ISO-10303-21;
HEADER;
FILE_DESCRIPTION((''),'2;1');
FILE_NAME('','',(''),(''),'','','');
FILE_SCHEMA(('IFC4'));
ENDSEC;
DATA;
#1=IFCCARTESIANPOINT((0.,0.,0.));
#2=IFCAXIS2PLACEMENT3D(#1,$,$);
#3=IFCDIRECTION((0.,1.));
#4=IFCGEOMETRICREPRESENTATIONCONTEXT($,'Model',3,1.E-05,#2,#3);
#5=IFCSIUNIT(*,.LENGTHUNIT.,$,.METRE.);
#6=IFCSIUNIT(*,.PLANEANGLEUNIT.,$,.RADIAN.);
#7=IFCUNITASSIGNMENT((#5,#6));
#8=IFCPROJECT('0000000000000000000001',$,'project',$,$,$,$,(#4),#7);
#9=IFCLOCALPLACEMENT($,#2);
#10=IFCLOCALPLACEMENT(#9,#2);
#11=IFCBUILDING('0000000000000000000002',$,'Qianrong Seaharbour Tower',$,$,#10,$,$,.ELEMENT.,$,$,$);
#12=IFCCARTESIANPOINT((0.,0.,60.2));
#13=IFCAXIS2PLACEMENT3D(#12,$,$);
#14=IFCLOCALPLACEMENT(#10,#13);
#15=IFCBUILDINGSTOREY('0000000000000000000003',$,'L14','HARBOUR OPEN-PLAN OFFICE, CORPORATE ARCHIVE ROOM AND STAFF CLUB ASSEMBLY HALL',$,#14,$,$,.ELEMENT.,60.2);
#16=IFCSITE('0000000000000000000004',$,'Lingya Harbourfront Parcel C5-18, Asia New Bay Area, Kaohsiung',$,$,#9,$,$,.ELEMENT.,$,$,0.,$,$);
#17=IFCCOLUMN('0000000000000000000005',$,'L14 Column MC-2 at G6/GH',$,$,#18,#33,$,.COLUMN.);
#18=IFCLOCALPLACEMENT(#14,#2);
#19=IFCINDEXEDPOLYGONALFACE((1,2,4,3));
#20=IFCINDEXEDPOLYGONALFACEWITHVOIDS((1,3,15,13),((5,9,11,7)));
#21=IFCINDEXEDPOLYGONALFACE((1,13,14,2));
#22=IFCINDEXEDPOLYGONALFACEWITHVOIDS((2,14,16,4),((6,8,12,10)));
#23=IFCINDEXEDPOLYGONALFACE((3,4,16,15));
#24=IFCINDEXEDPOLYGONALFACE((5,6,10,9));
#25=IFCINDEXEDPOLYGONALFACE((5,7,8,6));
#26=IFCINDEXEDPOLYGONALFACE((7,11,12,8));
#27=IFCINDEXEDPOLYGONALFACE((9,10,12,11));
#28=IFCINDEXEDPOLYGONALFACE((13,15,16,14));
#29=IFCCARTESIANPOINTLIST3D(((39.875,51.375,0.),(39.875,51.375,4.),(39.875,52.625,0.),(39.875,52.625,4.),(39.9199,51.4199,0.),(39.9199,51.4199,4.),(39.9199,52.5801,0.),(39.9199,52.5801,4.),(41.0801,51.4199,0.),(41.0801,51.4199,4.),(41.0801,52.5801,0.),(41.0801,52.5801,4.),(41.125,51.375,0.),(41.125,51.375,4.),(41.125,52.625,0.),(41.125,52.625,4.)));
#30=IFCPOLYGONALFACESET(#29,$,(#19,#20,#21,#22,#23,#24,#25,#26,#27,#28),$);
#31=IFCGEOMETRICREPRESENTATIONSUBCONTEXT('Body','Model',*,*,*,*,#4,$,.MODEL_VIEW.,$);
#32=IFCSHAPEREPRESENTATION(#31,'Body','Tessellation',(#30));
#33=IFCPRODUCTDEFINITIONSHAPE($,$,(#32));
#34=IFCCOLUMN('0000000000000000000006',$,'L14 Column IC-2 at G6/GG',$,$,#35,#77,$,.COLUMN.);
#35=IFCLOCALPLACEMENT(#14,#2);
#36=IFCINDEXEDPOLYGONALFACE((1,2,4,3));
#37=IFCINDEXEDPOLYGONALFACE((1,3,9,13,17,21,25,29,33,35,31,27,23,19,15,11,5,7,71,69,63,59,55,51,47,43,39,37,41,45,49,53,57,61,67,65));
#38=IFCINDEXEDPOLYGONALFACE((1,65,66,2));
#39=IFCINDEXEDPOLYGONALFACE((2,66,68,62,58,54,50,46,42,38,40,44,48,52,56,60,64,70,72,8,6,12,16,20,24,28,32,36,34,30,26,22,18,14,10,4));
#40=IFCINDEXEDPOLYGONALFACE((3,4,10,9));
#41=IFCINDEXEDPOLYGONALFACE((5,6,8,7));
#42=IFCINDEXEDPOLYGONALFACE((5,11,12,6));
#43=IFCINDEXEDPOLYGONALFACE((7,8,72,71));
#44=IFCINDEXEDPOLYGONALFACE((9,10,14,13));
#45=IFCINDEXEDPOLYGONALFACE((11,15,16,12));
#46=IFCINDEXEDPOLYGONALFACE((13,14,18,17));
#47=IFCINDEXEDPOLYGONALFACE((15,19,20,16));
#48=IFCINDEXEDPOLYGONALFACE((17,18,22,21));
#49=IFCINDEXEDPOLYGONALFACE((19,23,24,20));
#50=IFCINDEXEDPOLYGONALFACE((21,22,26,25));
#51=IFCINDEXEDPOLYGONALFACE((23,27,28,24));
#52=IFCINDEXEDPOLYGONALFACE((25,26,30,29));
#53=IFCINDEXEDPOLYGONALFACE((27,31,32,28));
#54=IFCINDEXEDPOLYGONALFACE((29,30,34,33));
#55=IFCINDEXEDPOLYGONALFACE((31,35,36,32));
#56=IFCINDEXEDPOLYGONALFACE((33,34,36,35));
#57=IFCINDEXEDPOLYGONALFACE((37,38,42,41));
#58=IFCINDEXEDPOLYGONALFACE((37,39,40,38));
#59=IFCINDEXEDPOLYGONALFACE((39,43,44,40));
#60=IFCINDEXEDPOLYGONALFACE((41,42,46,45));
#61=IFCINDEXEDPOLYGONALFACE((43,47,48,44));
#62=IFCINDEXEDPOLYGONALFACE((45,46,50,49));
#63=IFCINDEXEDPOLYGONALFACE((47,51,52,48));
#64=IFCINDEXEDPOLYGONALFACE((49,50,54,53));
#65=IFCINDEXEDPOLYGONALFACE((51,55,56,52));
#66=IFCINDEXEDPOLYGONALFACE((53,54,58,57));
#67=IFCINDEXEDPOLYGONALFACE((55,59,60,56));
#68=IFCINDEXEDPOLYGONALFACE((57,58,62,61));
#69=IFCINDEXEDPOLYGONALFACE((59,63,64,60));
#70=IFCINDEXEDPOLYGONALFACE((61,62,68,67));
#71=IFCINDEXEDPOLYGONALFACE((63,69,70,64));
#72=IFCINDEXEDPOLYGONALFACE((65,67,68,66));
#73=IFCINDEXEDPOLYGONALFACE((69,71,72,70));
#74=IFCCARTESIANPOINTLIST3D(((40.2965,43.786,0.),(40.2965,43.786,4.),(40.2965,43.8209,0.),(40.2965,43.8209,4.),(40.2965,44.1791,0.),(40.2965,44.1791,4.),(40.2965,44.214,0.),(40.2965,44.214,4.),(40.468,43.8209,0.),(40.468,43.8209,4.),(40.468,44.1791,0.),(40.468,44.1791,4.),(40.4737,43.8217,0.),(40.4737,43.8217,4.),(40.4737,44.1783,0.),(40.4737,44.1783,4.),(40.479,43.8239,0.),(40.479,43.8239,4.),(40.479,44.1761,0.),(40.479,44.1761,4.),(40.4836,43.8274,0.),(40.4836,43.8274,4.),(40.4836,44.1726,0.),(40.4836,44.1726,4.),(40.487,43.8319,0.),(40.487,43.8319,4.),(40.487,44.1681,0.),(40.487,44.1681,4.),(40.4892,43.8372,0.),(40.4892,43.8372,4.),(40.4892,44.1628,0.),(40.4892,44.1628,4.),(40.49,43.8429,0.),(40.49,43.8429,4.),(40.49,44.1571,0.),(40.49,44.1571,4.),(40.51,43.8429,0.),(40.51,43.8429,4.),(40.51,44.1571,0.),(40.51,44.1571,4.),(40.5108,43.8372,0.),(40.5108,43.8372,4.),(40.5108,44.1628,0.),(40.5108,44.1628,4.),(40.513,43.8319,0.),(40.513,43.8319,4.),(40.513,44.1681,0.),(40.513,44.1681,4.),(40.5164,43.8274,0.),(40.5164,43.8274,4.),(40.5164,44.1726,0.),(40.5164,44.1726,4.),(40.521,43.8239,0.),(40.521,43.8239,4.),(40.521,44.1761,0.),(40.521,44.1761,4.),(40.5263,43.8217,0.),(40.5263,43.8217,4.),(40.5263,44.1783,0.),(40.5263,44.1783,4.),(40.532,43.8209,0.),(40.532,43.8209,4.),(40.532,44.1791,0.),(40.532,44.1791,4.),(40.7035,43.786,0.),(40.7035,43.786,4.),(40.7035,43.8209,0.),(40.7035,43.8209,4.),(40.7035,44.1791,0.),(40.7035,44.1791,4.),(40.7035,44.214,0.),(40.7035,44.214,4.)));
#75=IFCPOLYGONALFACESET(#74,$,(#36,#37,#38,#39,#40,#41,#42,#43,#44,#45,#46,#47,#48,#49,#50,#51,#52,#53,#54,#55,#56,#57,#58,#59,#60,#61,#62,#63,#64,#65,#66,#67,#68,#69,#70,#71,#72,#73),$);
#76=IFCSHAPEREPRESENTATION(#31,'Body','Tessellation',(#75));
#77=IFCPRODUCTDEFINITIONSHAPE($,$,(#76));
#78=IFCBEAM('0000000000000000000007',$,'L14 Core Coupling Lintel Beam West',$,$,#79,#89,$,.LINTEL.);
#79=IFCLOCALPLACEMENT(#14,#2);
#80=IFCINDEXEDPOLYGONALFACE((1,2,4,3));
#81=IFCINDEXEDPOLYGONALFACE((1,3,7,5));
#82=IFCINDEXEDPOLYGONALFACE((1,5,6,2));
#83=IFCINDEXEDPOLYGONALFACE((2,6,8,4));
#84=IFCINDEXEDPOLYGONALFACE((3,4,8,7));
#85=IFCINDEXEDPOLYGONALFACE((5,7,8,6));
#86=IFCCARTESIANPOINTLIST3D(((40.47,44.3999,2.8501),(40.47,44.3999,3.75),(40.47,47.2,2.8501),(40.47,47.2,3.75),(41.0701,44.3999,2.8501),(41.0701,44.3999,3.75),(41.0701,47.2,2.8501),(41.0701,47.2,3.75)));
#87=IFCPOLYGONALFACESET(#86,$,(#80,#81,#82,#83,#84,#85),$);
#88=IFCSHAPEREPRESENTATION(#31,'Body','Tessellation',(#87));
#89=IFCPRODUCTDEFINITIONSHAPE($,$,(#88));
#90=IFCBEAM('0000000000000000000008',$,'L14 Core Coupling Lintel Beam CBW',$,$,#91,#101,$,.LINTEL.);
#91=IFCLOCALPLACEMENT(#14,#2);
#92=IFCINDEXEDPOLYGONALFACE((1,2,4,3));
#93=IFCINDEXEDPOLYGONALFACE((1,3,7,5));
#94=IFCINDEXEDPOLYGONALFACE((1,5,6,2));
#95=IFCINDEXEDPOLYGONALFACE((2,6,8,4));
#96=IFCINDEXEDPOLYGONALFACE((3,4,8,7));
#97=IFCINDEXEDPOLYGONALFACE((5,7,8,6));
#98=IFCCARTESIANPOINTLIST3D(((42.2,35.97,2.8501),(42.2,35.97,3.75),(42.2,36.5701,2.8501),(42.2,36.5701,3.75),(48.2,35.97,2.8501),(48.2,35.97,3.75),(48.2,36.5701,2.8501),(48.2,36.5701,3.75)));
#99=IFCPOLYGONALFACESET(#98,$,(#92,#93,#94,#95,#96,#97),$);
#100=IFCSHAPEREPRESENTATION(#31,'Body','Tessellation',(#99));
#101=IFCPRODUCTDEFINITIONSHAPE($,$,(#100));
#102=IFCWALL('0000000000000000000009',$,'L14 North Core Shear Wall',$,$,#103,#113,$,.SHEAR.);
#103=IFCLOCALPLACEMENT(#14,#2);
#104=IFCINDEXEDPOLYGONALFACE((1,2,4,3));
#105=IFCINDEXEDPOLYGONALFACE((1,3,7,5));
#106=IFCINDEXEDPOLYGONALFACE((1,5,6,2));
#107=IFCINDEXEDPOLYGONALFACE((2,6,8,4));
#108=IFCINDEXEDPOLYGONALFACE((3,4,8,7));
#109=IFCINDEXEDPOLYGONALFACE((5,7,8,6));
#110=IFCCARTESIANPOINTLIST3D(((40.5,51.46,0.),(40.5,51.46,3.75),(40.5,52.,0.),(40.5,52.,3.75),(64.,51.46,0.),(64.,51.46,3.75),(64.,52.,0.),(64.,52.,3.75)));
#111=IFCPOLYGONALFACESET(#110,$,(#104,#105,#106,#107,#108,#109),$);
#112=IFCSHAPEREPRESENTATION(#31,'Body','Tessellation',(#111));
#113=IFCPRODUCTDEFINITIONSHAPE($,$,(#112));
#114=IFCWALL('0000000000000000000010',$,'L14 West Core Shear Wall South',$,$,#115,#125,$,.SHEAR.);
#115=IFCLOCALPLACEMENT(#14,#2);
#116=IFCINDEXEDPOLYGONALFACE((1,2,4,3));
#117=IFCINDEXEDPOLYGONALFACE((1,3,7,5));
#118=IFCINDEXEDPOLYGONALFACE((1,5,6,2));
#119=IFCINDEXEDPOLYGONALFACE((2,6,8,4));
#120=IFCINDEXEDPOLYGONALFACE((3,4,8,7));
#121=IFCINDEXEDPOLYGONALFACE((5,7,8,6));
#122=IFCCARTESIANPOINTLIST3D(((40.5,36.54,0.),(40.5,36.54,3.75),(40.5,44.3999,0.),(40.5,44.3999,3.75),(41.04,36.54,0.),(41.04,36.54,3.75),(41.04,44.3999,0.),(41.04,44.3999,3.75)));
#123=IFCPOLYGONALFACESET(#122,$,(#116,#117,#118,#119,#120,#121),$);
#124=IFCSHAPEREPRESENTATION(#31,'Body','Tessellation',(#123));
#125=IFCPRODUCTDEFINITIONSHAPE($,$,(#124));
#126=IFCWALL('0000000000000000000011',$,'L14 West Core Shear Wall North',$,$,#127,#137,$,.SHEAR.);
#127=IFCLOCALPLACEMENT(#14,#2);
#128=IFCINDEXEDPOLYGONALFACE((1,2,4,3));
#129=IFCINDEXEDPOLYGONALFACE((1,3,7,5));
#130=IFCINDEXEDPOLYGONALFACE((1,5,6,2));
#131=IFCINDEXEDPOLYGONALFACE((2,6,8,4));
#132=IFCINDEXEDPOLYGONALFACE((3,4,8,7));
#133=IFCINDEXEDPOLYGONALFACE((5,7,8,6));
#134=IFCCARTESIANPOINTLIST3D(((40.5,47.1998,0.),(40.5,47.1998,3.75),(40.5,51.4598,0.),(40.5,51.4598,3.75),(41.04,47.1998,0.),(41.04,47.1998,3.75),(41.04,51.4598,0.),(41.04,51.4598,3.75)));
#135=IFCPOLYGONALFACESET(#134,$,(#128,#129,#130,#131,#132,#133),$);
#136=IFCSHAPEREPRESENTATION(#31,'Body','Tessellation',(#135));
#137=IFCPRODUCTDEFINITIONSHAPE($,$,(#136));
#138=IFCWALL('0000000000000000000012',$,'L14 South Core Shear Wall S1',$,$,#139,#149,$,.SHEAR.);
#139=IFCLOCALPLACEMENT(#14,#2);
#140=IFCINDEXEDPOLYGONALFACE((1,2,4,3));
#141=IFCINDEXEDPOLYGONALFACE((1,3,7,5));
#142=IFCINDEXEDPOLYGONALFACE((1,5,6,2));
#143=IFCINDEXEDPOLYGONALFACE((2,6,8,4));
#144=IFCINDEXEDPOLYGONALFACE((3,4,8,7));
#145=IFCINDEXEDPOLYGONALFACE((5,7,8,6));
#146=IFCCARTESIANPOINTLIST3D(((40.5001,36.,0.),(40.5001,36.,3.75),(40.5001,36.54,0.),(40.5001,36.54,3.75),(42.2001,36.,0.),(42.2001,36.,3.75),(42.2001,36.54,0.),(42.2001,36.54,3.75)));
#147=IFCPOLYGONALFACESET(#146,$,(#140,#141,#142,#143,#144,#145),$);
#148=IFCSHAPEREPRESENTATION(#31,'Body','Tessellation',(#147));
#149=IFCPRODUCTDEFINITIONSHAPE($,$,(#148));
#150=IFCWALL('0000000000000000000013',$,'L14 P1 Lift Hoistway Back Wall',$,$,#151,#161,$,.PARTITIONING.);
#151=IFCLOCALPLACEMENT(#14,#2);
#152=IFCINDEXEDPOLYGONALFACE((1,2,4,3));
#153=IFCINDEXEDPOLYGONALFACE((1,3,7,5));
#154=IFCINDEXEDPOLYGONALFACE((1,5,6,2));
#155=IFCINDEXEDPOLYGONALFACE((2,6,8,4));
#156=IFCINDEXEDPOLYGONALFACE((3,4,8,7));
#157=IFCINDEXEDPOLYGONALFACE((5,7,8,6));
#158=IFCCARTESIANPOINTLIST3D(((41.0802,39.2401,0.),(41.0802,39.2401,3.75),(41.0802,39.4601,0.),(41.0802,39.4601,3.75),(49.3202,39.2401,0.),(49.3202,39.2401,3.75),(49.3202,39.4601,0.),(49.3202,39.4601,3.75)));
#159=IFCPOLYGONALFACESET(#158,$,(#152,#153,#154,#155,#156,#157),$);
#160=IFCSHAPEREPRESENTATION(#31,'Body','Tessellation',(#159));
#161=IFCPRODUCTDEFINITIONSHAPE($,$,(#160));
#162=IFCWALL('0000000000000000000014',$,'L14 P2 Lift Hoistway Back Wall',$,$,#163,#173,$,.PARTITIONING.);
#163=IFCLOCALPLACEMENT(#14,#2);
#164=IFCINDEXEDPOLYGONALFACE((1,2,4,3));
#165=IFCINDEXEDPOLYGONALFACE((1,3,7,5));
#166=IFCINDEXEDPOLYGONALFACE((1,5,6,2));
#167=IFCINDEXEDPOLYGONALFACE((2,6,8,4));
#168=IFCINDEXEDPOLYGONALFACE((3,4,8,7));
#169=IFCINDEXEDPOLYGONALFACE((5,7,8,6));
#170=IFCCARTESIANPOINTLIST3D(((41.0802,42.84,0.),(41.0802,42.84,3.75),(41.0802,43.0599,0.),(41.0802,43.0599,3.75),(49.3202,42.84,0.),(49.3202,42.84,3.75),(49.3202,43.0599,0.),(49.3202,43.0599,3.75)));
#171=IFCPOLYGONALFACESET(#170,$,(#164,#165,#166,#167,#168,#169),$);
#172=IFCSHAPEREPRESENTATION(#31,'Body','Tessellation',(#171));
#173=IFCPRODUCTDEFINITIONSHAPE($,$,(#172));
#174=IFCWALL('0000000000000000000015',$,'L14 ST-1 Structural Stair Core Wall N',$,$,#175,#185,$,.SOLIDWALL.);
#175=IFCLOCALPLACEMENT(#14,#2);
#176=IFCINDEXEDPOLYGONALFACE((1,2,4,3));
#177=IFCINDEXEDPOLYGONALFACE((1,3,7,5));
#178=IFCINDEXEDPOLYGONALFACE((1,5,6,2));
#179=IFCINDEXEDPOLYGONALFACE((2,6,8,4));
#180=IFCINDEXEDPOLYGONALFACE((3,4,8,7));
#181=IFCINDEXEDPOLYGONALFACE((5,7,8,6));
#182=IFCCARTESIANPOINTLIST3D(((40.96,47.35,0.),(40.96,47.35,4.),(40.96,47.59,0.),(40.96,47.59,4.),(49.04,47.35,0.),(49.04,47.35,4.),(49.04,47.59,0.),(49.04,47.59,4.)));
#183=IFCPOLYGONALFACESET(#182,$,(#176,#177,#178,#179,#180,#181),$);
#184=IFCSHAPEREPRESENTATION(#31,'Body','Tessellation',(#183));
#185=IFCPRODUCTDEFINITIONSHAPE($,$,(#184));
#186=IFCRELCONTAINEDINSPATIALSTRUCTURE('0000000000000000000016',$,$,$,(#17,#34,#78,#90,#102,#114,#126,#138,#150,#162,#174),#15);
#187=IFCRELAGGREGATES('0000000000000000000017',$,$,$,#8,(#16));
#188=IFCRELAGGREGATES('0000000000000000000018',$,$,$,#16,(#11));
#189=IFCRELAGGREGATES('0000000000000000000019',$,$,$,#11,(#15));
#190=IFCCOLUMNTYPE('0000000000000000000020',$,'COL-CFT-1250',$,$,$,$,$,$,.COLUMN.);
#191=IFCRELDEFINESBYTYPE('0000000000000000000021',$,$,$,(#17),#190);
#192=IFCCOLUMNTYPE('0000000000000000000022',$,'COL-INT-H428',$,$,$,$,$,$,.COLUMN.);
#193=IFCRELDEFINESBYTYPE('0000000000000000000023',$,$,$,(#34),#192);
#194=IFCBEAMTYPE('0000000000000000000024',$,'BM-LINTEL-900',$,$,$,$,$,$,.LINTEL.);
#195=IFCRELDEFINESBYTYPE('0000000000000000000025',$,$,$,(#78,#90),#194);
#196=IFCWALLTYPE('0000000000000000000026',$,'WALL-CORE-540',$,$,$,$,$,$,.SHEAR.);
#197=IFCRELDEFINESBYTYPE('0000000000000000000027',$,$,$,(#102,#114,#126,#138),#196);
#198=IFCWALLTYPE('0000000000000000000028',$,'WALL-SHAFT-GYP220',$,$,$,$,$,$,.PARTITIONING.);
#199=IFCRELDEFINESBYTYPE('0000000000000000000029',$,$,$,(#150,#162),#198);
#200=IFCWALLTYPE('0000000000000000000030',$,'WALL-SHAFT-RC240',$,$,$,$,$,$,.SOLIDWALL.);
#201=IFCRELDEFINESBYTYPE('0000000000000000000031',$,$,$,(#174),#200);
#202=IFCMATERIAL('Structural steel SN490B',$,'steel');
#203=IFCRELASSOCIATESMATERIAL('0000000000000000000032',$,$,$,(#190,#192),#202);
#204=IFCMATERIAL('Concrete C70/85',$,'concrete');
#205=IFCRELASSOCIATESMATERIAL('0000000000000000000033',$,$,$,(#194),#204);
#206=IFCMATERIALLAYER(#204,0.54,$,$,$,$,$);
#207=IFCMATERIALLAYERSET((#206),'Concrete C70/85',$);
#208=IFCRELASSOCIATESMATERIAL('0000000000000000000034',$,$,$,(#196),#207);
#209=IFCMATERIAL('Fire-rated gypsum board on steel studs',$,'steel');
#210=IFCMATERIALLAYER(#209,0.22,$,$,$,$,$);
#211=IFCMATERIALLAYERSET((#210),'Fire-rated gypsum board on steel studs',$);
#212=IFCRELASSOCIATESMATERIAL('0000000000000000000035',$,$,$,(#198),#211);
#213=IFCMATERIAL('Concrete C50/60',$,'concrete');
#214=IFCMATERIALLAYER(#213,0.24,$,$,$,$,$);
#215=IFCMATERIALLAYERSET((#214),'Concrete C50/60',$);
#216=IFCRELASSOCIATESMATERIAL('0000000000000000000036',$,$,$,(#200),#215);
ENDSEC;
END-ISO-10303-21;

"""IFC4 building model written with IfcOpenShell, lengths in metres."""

from ifc_helpers import new_model, si_unit, direction, frame, frame_2d, origin, origin_2d, place, context, subcontext, project, spatial, rectangle, hollow_rectangle, i_section, extrude, material, layer, layer_set, material_profile, profile_set, type_object, element, save


model = new_model("IFC4")

# Units and contexts
model_context = context("Model", 3, precision=1e-05, world=origin(), true_north=direction((0.0, 1.0)))
body_context = subcontext(model_context, "Body", "Model", "MODEL_VIEW")
ifc_project = project(units=[si_unit("LENGTHUNIT", "METRE"), si_unit("PLANEANGLEUNIT", "RADIAN")], contexts=[model_context])

# Site, building, storey
site_placement = place(None, origin())
site = spatial("IfcSite", under=ifc_project, at=site_placement, Name="Lingya Harbourfront Parcel C5-18, Asia New Bay Area, Kaohsiung", CompositionType="ELEMENT", RefElevation=0.0)
building_placement = place(site_placement, origin())
building = spatial("IfcBuilding", under=site, at=building_placement, Name="Qianrong Seaharbour Tower", CompositionType="ELEMENT")
storey_placement = place(building_placement, frame((0.0, 0.0, 60.2)))
storey = spatial("IfcBuildingStorey", under=building, at=storey_placement, Name="L14", Description="HARBOUR OPEN-PLAN OFFICE, CORPORATE ARCHIVE ROOM AND STAFF CLUB ASSEMBLY HALL", CompositionType="ELEMENT", Elevation=60.2)

# Columns
ifc_material_1 = material(Name="Structural steel SN490B", Category="steel")
ifc_material_profile_1 = material_profile(ifc_material_1, hollow_rectangle(XDim=1.25, YDim=1.25, WallThickness=0.0449, at=origin_2d()), Name="BOX1250x1250x45")
ifc_profile_set_1 = profile_set([ifc_material_profile_1], Name="Structural steel SN490B")
column_type_1 = type_object("IfcColumnType", Name="COL-CFT-1250", PredefinedType="COLUMN", material=ifc_profile_set_1)
column_1_placement = place(storey_placement, frame((40.5, 52.0, 0.0), z_axis=(0.0, 0.0, 1.0), x_axis=(1.0, 0.0, 0.0)))
element("IfcColumn", 1, at=column_1_placement, inside=storey, type_object=column_type_1, Name="L14 Column MC-2 at G6/GH", PredefinedType="COLUMN", context=body_context, shape_type="SweptSolid", body=[
    extrude(hollow_rectangle(XDim=1.25, YDim=1.25, WallThickness=0.0449, at=origin_2d()), origin(), (0.0, 0.0, 1.0), 4.0),
])
ifc_material_profile_2 = material_profile(ifc_material_1, i_section(OverallWidth=0.407, OverallDepth=0.428, WebThickness=0.02, FlangeThickness=0.0349, FilletRadius=0.022, at=origin_2d()), Name="H428x407x20x35")
ifc_profile_set_2 = profile_set([ifc_material_profile_2], Name="Structural steel SN490B")
column_type_2 = type_object("IfcColumnType", Name="COL-INT-H428", PredefinedType="COLUMN", material=ifc_profile_set_2)
column_2_placement = place(storey_placement, frame((40.5, 44.0, 0.0), z_axis=(0.0, 0.0, 1.0), x_axis=(1.0, 0.0, 0.0)))
element("IfcColumn", 2, at=column_2_placement, inside=storey, type_object=column_type_2, Name="L14 Column IC-2 at G6/GG", PredefinedType="COLUMN", context=body_context, shape_type="SweptSolid", body=[
    extrude(i_section(OverallWidth=0.407, OverallDepth=0.428, WebThickness=0.02, FlangeThickness=0.0349, FilletRadius=0.022, at=origin_2d()), origin(), (0.0, 0.0, 1.0), 4.0),
])

# Beams
ifc_material_2 = material(Name="Concrete C70/85", Category="concrete")
ifc_material_profile_3 = material_profile(ifc_material_2, rectangle(XDim=0.6001, YDim=0.8999, at=origin_2d()), Name="RC600x900")
ifc_profile_set_3 = profile_set([ifc_material_profile_3], Name="Concrete C70/85")
beam_type = type_object("IfcBeamType", Name="BM-LINTEL-900", PredefinedType="LINTEL", material=ifc_profile_set_3)
beam_1_placement = place(storey_placement, frame((40.77, 44.3999, 3.3), z_axis=(0.0, 1.0, 0.0), x_axis=(-1.0, 0.0, 0.0)))
element("IfcBeam", 3, at=beam_1_placement, inside=storey, type_object=beam_type, Name="L14 Core Coupling Lintel Beam West", PredefinedType="LINTEL", context=body_context, shape_type="SweptSolid", body=[
    extrude(rectangle(XDim=0.6001, YDim=0.8999, at=origin_2d()), origin(), (0.0, 0.0, 1.0), 2.8),
])
beam_2_placement = place(storey_placement, frame((42.2, 36.27, 3.3), z_axis=(1.0, 0.0, 0.0), x_axis=(0.0, 1.0, 0.0)))
element("IfcBeam", 4, at=beam_2_placement, inside=storey, type_object=beam_type, Name="L14 Core Coupling Lintel Beam CBW", PredefinedType="LINTEL", context=body_context, shape_type="SweptSolid", body=[
    extrude(rectangle(XDim=0.6001, YDim=0.8999, at=origin_2d()), origin(), (0.0, 0.0, 1.0), 6.0),
])

# Walls
ifc_layer_1 = layer(ifc_material_2, 0.54)
ifc_layer_set_1 = layer_set([ifc_layer_1], Name="Concrete C70/85")
wall_type_1 = type_object("IfcWallType", Name="WALL-CORE-540", PredefinedType="SHEAR", material=ifc_layer_set_1)
wall_1_placement = place(storey_placement, frame((40.5, 51.73, 0.0), z_axis=(0.0, 0.0, 1.0), x_axis=(1.0, 0.0, 0.0)))
element("IfcWall", 5, at=wall_1_placement, inside=storey, type_object=wall_type_1, Name="L14 North Core Shear Wall", PredefinedType="SHEAR", context=body_context, shape_type="SweptSolid", body=[
    extrude(rectangle(XDim=23.5, YDim=0.54, at=frame_2d((11.75, 0.0))), origin(), (0.0, 0.0, 1.0), 3.75),
])
wall_2_placement = place(storey_placement, frame((40.77, 36.54, 0.0), z_axis=(0.0, 0.0, 1.0), x_axis=(0.0, 1.0, 0.0)))
element("IfcWall", 6, at=wall_2_placement, inside=storey, type_object=wall_type_1, Name="L14 West Core Shear Wall South", PredefinedType="SHEAR", context=body_context, shape_type="SweptSolid", body=[
    extrude(rectangle(XDim=7.8599, YDim=0.54, at=frame_2d((3.9299, 0.0))), origin(), (0.0, 0.0, 1.0), 3.75),
])
wall_3_placement = place(storey_placement, frame((40.77, 47.2, 0.0), z_axis=(0.0, 0.0, 1.0), x_axis=(0.0, 1.0, 0.0)))
element("IfcWall", 7, at=wall_3_placement, inside=storey, type_object=wall_type_1, Name="L14 West Core Shear Wall North", PredefinedType="SHEAR", context=body_context, shape_type="SweptSolid", body=[
    extrude(rectangle(XDim=4.26, YDim=0.54, at=frame_2d((2.1299, 0.0))), origin(), (0.0, 0.0, 1.0), 3.75),
])
wall_4_placement = place(storey_placement, frame((40.5, 36.27, 0.0), z_axis=(0.0, 0.0, 1.0), x_axis=(1.0, 0.0, 0.0)))
element("IfcWall", 8, at=wall_4_placement, inside=storey, type_object=wall_type_1, Name="L14 South Core Shear Wall S1", PredefinedType="SHEAR", context=body_context, shape_type="SweptSolid", body=[
    extrude(rectangle(XDim=1.7, YDim=0.54, at=frame_2d((0.8501, 0.0))), origin(), (0.0, 0.0, 1.0), 3.75),
])

# Walls
ifc_material_3 = material(Name="Fire-rated gypsum board on steel studs", Category="steel")
ifc_layer_2 = layer(ifc_material_3, 0.22)
ifc_layer_set_2 = layer_set([ifc_layer_2], Name="Fire-rated gypsum board on steel studs")
wall_type_2 = type_object("IfcWallType", Name="WALL-SHAFT-GYP220", PredefinedType="PARTITIONING", material=ifc_layer_set_2)
for number, where, z_axis, x_axis, name in (
    (9, (41.0801, 39.3501, 0.0), (0.0, 0.0, 1.0), (1.0, 0.0, 0.0), "L14 P1 Lift Hoistway Back Wall"),
    (10, (41.0801, 42.95, 0.0), (0.0, 0.0, 1.0), (1.0, 0.0, 0.0), "L14 P2 Lift Hoistway Back Wall"),
):
    element("IfcWall", number, at=place(storey_placement, frame(where, z_axis=z_axis, x_axis=x_axis)), inside=storey, type_object=wall_type_2, Name=name, PredefinedType="PARTITIONING", context=body_context, shape_type="SweptSolid", body=[
        extrude(rectangle(XDim=8.24, YDim=0.22, at=frame_2d((4.1201, 0.0))), origin(), (0.0, 0.0, 1.0), 3.75),
    ])
ifc_material_4 = material(Name="Concrete C50/60", Category="concrete")
ifc_layer_3 = layer(ifc_material_4, 0.24)
ifc_layer_set_3 = layer_set([ifc_layer_3], Name="Concrete C50/60")
wall_type_3 = type_object("IfcWallType", Name="WALL-SHAFT-RC240", PredefinedType="SOLIDWALL", material=ifc_layer_set_3)
wall_5_placement = place(storey_placement, frame((40.96, 47.47, 0.0), z_axis=(0.0, 0.0, 1.0), x_axis=(1.0, 0.0, 0.0)))
element("IfcWall", 11, at=wall_5_placement, inside=storey, type_object=wall_type_3, Name="L14 ST-1 Structural Stair Core Wall N", PredefinedType="SOLIDWALL", context=body_context, shape_type="SweptSolid", body=[
    extrude(rectangle(XDim=8.0801, YDim=0.24, at=frame_2d((4.04, 0.0))), origin(), (0.0, 0.0, 1.0), 4.0),
])

save(model, "model.ifc")
